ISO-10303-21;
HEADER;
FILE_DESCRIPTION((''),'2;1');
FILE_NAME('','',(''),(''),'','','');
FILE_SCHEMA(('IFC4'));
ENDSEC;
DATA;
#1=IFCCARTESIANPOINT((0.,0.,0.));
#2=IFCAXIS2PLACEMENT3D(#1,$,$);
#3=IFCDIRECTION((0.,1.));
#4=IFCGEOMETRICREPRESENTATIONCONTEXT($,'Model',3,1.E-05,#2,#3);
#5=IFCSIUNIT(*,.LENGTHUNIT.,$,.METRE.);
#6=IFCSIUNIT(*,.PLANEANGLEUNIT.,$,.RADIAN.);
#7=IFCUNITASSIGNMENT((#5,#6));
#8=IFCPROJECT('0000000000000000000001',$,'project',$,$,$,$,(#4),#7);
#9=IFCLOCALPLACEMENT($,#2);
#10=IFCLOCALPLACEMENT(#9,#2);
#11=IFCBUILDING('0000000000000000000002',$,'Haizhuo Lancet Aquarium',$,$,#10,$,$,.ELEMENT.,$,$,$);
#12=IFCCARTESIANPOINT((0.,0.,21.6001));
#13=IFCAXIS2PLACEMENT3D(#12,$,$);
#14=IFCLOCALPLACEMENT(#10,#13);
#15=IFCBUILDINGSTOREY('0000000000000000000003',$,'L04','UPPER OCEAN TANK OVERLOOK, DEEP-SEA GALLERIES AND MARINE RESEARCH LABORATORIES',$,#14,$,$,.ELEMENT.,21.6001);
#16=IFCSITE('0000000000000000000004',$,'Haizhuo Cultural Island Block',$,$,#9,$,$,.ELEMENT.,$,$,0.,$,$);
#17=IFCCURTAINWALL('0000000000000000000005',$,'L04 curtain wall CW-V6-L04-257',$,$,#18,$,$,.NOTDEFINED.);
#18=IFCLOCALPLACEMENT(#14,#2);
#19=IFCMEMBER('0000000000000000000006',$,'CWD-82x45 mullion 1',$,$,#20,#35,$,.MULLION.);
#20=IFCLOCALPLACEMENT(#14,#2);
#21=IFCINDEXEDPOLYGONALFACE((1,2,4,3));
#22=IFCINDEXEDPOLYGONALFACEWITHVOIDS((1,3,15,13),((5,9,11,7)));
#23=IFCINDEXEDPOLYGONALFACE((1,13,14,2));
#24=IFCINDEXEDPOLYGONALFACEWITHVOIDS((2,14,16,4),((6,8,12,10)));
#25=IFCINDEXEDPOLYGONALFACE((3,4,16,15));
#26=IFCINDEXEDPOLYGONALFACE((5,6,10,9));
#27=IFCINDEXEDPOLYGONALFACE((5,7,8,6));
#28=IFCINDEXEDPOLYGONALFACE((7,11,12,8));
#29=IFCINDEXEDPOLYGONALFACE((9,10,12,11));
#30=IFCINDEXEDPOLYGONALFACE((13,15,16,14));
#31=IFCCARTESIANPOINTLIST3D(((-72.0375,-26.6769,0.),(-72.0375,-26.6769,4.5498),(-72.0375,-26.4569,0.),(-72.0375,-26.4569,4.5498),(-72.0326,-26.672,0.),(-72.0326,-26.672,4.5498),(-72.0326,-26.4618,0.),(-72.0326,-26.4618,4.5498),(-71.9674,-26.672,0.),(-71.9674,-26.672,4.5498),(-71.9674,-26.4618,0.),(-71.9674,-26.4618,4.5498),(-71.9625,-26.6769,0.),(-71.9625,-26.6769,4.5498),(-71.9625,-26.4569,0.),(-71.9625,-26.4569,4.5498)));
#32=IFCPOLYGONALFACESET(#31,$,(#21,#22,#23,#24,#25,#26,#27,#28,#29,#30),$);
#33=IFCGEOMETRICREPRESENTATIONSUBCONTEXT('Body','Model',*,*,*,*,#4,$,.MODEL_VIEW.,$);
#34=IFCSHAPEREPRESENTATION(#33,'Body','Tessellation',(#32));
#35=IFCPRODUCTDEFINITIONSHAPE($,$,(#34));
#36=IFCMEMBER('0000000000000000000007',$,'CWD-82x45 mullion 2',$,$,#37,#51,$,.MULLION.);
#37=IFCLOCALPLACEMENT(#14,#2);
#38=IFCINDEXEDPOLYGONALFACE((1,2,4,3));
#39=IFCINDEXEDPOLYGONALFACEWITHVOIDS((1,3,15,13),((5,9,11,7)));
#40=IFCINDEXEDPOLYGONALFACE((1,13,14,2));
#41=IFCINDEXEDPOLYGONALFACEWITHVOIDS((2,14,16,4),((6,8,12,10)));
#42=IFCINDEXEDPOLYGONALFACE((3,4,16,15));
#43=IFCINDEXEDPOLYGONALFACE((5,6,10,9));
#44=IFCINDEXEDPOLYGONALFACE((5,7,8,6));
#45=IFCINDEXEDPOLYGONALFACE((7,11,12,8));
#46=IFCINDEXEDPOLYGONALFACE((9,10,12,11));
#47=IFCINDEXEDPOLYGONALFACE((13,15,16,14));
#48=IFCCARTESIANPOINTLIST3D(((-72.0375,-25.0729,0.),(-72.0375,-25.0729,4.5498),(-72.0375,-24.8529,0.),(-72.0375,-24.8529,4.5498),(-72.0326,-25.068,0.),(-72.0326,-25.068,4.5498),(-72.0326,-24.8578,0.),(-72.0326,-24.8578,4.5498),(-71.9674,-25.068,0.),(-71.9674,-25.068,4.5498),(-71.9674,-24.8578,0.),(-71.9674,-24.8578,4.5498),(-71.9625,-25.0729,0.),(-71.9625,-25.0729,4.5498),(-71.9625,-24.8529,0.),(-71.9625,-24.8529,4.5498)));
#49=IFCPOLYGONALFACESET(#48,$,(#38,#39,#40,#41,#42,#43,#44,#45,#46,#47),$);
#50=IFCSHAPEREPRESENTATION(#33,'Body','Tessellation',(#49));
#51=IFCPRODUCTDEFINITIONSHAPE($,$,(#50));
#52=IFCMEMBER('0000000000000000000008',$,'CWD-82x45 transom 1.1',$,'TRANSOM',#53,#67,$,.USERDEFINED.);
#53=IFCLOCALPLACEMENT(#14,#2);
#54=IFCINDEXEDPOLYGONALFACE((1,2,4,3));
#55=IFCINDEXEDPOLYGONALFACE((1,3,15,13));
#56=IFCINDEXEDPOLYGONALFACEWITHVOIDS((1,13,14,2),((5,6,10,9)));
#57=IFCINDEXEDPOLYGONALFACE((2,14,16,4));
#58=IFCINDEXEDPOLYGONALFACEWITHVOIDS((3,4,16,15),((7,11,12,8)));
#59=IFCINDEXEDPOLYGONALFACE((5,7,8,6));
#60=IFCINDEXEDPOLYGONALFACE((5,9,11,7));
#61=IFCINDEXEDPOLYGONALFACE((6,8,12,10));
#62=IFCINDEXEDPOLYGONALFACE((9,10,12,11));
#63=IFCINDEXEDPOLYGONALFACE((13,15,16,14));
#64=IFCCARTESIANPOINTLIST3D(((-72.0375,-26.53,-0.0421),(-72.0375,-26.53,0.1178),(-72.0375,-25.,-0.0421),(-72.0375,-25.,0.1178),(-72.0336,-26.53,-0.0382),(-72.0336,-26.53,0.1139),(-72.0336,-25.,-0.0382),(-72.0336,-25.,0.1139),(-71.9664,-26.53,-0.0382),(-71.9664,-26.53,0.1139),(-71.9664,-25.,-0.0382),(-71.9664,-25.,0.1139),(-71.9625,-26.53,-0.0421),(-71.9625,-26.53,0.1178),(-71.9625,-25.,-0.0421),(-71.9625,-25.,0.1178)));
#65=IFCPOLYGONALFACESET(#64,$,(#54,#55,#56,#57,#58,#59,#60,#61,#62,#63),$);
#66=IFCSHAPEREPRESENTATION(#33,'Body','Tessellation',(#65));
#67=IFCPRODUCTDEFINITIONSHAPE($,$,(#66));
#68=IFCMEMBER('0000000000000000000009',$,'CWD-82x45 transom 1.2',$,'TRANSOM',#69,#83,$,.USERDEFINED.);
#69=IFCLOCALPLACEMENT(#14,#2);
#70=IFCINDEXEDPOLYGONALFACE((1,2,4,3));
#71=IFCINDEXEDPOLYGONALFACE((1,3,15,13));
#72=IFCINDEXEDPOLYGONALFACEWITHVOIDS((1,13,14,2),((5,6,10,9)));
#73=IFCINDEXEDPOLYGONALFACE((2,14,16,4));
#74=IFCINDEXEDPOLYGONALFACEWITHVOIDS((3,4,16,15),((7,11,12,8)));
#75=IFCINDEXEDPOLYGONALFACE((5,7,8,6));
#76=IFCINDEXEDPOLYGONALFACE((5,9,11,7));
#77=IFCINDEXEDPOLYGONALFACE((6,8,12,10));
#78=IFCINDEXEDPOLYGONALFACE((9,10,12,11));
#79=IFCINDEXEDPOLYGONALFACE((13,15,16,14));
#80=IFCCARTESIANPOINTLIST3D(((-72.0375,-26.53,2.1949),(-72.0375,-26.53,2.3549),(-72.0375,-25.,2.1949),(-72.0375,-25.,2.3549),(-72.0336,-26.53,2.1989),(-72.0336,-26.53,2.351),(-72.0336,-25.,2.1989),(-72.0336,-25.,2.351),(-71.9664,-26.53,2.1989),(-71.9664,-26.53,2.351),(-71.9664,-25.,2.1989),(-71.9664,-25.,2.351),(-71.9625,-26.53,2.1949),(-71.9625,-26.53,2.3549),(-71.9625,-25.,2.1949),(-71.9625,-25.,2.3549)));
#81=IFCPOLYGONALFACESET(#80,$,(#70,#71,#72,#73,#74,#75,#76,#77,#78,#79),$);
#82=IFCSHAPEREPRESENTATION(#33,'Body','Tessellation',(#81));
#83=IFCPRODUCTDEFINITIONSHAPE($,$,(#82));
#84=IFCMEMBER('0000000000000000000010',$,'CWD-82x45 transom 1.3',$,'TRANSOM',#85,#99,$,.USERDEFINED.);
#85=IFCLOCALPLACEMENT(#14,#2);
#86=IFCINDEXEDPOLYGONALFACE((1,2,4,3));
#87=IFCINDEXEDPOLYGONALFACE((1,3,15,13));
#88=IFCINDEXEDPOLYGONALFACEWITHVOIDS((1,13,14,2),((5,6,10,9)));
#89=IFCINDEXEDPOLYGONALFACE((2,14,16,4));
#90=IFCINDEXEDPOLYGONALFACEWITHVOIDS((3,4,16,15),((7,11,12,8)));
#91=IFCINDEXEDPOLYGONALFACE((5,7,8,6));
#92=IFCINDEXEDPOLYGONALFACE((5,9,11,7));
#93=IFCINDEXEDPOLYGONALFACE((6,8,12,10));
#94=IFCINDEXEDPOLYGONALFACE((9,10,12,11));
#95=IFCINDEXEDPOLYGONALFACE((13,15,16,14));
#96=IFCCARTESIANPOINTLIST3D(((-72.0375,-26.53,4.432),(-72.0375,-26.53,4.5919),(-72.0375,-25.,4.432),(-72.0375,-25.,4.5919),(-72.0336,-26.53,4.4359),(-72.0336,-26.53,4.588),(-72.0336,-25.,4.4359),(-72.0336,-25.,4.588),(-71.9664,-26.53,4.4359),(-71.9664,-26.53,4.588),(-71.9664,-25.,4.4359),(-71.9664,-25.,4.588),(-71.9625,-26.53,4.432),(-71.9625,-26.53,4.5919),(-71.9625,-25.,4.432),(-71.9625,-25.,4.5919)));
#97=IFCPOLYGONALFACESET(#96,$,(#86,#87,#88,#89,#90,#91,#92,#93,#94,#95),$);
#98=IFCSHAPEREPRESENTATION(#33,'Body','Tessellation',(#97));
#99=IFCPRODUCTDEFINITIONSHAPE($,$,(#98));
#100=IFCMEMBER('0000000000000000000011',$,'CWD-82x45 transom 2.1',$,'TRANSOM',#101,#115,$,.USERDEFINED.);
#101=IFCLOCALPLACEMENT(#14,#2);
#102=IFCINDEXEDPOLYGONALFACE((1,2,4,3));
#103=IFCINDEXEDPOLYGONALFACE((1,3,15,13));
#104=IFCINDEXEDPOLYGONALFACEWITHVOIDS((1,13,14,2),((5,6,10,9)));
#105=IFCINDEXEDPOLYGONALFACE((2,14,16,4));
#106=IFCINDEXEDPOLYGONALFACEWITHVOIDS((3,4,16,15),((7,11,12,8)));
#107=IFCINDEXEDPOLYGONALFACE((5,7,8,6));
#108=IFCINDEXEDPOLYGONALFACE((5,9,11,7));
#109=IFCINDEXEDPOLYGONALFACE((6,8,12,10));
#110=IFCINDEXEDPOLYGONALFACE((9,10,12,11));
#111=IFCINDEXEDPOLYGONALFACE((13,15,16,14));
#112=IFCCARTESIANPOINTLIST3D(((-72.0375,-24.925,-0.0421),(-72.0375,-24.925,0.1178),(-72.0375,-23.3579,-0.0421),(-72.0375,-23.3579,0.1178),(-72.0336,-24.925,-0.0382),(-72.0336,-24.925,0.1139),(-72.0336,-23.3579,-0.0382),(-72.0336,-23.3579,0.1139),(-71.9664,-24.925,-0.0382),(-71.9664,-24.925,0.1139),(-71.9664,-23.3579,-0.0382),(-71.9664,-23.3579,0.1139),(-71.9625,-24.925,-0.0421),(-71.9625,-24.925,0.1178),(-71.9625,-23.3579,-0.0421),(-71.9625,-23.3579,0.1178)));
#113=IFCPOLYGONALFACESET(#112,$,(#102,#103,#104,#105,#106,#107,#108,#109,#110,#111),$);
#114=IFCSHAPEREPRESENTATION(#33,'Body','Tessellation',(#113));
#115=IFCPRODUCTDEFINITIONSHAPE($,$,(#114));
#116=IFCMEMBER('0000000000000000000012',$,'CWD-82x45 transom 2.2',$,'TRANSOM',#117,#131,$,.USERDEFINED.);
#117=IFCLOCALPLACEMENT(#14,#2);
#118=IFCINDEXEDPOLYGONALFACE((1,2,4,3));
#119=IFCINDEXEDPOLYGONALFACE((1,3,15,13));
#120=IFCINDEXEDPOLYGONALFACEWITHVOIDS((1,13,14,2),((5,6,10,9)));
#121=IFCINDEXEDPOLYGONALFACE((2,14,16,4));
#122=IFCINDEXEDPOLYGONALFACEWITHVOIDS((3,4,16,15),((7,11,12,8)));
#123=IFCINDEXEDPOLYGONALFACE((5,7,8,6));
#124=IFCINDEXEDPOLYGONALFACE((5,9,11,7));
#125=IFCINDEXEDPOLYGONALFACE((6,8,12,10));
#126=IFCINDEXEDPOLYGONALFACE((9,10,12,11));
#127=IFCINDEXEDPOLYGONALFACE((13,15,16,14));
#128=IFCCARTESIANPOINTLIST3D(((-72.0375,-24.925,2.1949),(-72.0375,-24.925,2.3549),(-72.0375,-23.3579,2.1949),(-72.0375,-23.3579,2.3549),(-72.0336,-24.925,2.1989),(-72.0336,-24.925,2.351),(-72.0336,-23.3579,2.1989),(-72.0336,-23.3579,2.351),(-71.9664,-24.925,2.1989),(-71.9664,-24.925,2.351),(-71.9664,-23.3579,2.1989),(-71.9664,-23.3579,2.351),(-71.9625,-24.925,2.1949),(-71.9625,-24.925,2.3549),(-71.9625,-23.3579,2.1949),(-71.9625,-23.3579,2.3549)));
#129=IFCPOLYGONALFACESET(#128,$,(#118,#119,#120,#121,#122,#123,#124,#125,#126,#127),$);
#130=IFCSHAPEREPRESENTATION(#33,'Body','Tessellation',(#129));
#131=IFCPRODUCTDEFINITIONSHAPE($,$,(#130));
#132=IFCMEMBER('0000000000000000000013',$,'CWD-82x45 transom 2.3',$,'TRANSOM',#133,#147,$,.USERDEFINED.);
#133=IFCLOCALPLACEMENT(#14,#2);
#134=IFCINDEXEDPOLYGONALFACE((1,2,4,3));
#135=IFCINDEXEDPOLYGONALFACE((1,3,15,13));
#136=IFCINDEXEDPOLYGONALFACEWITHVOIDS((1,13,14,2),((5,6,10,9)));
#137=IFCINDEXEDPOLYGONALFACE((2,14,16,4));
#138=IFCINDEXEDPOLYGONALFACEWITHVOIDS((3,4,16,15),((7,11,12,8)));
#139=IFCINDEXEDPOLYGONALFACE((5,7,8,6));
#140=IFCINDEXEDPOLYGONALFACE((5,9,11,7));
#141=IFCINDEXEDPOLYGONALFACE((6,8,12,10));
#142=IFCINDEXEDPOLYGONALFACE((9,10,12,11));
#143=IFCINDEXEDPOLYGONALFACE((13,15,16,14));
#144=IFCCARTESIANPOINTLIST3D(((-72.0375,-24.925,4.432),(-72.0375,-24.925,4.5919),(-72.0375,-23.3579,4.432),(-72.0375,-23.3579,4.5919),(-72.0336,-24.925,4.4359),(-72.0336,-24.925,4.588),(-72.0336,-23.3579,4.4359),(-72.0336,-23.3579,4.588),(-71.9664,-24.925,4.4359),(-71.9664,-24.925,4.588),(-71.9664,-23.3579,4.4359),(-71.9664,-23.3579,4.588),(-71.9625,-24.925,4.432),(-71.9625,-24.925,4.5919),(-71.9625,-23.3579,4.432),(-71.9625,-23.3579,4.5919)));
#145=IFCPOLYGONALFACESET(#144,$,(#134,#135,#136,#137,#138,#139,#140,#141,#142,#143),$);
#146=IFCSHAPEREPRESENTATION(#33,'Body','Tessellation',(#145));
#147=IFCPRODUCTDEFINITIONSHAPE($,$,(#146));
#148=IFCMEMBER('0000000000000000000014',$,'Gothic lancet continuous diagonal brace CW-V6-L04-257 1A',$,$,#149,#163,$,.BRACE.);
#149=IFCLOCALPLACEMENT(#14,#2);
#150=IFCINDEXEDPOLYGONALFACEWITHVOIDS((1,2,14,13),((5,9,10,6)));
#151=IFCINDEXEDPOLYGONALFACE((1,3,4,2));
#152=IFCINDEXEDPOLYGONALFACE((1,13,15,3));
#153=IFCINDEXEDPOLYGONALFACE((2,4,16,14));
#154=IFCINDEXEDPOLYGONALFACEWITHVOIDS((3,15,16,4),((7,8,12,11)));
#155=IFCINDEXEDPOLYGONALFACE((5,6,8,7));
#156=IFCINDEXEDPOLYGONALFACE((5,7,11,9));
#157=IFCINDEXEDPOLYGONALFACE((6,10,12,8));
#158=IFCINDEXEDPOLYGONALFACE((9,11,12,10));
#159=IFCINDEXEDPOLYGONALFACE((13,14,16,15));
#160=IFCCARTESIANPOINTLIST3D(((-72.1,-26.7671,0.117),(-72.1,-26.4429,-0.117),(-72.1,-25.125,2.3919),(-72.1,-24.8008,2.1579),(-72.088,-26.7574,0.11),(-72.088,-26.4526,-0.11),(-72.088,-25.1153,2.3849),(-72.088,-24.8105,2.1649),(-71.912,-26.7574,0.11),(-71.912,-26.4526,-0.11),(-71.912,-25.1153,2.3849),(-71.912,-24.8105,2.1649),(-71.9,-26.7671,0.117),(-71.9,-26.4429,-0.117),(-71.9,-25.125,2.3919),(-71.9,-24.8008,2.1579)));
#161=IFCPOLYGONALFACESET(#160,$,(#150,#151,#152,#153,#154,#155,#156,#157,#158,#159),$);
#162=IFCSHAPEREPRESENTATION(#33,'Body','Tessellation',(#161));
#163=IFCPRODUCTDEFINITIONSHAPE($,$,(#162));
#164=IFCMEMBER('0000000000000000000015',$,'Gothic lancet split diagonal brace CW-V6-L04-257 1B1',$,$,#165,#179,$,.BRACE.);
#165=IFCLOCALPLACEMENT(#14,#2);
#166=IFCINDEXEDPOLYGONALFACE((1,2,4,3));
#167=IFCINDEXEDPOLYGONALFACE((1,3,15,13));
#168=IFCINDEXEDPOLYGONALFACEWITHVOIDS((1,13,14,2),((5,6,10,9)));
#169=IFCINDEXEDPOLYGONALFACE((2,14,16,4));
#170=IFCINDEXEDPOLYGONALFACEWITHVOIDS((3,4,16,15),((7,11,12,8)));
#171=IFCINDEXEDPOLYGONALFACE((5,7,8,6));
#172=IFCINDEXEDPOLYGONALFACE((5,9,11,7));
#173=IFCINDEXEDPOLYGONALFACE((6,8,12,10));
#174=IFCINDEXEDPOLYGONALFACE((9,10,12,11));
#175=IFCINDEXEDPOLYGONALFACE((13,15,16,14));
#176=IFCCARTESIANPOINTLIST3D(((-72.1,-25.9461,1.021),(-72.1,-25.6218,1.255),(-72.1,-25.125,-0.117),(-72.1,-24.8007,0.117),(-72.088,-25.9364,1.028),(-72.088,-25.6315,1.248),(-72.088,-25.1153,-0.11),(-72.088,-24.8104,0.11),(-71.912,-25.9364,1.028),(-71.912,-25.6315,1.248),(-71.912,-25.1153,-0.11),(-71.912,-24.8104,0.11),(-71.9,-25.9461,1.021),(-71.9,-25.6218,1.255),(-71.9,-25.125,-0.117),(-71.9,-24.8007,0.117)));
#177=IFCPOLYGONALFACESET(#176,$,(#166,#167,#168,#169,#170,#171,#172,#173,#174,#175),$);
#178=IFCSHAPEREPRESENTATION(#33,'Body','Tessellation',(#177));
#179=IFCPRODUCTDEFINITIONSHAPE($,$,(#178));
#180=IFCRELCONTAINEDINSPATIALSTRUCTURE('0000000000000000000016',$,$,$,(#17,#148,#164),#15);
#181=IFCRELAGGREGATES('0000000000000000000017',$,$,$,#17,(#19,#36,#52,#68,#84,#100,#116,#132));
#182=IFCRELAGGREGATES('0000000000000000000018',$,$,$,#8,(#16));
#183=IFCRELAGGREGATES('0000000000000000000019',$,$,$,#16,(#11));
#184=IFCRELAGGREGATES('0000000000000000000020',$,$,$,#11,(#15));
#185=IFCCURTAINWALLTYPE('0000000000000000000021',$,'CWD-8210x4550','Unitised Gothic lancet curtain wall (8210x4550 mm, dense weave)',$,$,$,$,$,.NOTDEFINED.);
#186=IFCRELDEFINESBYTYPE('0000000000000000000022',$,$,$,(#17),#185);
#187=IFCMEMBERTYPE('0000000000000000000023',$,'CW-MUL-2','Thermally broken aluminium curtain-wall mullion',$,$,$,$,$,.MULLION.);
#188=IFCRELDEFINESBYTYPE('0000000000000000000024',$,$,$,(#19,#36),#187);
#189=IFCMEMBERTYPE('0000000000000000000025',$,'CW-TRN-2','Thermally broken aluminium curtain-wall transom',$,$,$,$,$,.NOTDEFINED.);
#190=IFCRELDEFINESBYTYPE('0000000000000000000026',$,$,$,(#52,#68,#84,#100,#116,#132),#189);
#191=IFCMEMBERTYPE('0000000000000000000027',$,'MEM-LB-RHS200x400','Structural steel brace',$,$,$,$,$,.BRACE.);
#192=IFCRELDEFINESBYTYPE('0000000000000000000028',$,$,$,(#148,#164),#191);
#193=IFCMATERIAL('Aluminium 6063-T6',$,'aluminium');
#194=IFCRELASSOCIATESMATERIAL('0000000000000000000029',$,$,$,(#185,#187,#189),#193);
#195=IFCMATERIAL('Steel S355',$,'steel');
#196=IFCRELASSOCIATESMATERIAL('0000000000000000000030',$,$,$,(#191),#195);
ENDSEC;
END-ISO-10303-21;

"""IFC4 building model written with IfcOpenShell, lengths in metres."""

from ifc_helpers import new_model, si_unit, direction, frame, origin, origin_2d, place, context, subcontext, project, spatial, hollow_rectangle, extrude, material, material_profile, profile_set, type_object, element, aggregate, save


model = new_model("IFC4")

# Units and contexts
model_context = context("Model", 3, precision=1e-05, world=origin(), true_north=direction((0.0, 1.0)))
body_context = subcontext(model_context, "Body", "Model", "MODEL_VIEW")
ifc_project = project(units=[si_unit("LENGTHUNIT", "METRE"), si_unit("PLANEANGLEUNIT", "RADIAN")], contexts=[model_context])

# Site, building, storey
site_placement = place(None, origin())
site = spatial("IfcSite", under=ifc_project, at=site_placement, Name="Haizhuo Cultural Island Block", CompositionType="ELEMENT", RefElevation=0.0)
building_placement = place(site_placement, origin())
building = spatial("IfcBuilding", under=site, at=building_placement, Name="Haizhuo Lancet Aquarium", CompositionType="ELEMENT")
storey_placement = place(building_placement, frame((0.0, 0.0, 21.6001)))
storey = spatial("IfcBuildingStorey", under=building, at=storey_placement, Name="L04", Description="UPPER OCEAN TANK OVERLOOK, DEEP-SEA GALLERIES AND MARINE RESEARCH LABORATORIES", CompositionType="ELEMENT", Elevation=21.6001)

# Curtain wall, members
ifc_material_1 = material(Name="Aluminium 6063-T6", Category="aluminium")
curtain_wall_type = type_object("IfcCurtainWallType", Name="CWD-8210x4550", Description="Unitised Gothic lancet curtain wall (8210x4550 mm, dense weave)", PredefinedType="NOTDEFINED", material=ifc_material_1)
curtain_wall_placement = place(storey_placement, origin())
curtain_wall = element("IfcCurtainWall", 1, at=curtain_wall_placement, inside=storey, type_object=curtain_wall_type, Name="L04 curtain wall CW-V6-L04-257", PredefinedType="NOTDEFINED")
ifc_material_profile_1 = material_profile(ifc_material_1, hollow_rectangle(XDim=0.075, YDim=0.22, WallThickness=0.0049, at=origin_2d()), Name="ALU-M 75x220x5")
ifc_profile_set_1 = profile_set([ifc_material_profile_1], Name="Aluminium 6063-T6")
member_type_1 = type_object("IfcMemberType", Name="CW-MUL-2", Description="Thermally broken aluminium curtain-wall mullion", PredefinedType="MULLION", material=ifc_profile_set_1)
member_1_placement = place(storey_placement, frame((-72.0, -26.5669, 0.0), z_axis=(0.0, 0.0, 1.0), x_axis=(-1.0, 0.0, 0.0)))
member_1 = element("IfcMember", 2, at=member_1_placement, type_object=member_type_1, Name="CWD-82x45 mullion 1", PredefinedType="MULLION", context=body_context, shape_type="SweptSolid", body=[
    extrude(hollow_rectangle(XDim=0.075, YDim=0.22, WallThickness=0.0049, at=origin_2d()), origin(), (0.0, 0.0, 1.0), 4.5498),
])
member_2_placement = place(storey_placement, frame((-72.0, -24.9629, 0.0), z_axis=(0.0, 0.0, 1.0), x_axis=(-1.0, 0.0, 0.0)))
member_2 = element("IfcMember", 3, at=member_2_placement, type_object=member_type_1, Name="CWD-82x45 mullion 2", PredefinedType="MULLION", context=body_context, shape_type="SweptSolid", body=[
    extrude(hollow_rectangle(XDim=0.075, YDim=0.22, WallThickness=0.0049, at=origin_2d()), origin(), (0.0, 0.0, 1.0), 4.5498),
])
ifc_material_profile_2 = material_profile(ifc_material_1, hollow_rectangle(XDim=0.075, YDim=0.1599, WallThickness=0.0039, at=origin_2d()), Name="ALU-T 75x160x4")
ifc_profile_set_2 = profile_set([ifc_material_profile_2], Name="Aluminium 6063-T6")
member_type_2 = type_object("IfcMemberType", Name="CW-TRN-2", Description="Thermally broken aluminium curtain-wall transom", PredefinedType="NOTDEFINED", material=ifc_profile_set_2)
member_3_placement = place(storey_placement, frame((-72.0, -26.53, 0.0378), z_axis=(0.0, 1.0, 0.0), x_axis=(-1.0, 0.0, 0.0)))
member_3 = element("IfcMember", 4, at=member_3_placement, type_object=member_type_2, Name="CWD-82x45 transom 1.1", ObjectType="TRANSOM", PredefinedType="USERDEFINED", context=body_context, shape_type="SweptSolid", body=[
    extrude(hollow_rectangle(XDim=0.075, YDim=0.1599, WallThickness=0.0039, at=origin_2d()), origin(), (0.0, 0.0, 1.0), 1.53),
])
member_4_placement = place(storey_placement, frame((-72.0, -26.53, 2.2749), z_axis=(0.0, 1.0, 0.0), x_axis=(-1.0, 0.0, 0.0)))
member_4 = element("IfcMember", 5, at=member_4_placement, type_object=member_type_2, Name="CWD-82x45 transom 1.2", ObjectType="TRANSOM", PredefinedType="USERDEFINED", context=body_context, shape_type="SweptSolid", body=[
    extrude(hollow_rectangle(XDim=0.075, YDim=0.1599, WallThickness=0.0039, at=origin_2d()), origin(), (0.0, 0.0, 1.0), 1.53),
])
member_5_placement = place(storey_placement, frame((-72.0, -26.53, 4.512), z_axis=(0.0, 1.0, 0.0), x_axis=(-1.0, 0.0, 0.0)))
member_5 = element("IfcMember", 6, at=member_5_placement, type_object=member_type_2, Name="CWD-82x45 transom 1.3", ObjectType="TRANSOM", PredefinedType="USERDEFINED", context=body_context, shape_type="SweptSolid", body=[
    extrude(hollow_rectangle(XDim=0.075, YDim=0.1599, WallThickness=0.0039, at=origin_2d()), origin(), (0.0, 0.0, 1.0), 1.53),
])
member_6_placement = place(storey_placement, frame((-72.0, -24.925, 0.0378), z_axis=(0.0, 1.0, 0.0), x_axis=(-1.0, 0.0, 0.0)))
member_6 = element("IfcMember", 7, at=member_6_placement, type_object=member_type_2, Name="CWD-82x45 transom 2.1", ObjectType="TRANSOM", PredefinedType="USERDEFINED", context=body_context, shape_type="SweptSolid", body=[
    extrude(hollow_rectangle(XDim=0.075, YDim=0.1599, WallThickness=0.0039, at=origin_2d()), origin(), (0.0, 0.0, 1.0), 1.5671),
])
member_7_placement = place(storey_placement, frame((-72.0, -24.925, 2.2749), z_axis=(0.0, 1.0, 0.0), x_axis=(-1.0, 0.0, 0.0)))
member_7 = element("IfcMember", 8, at=member_7_placement, type_object=member_type_2, Name="CWD-82x45 transom 2.2", ObjectType="TRANSOM", PredefinedType="USERDEFINED", context=body_context, shape_type="SweptSolid", body=[
    extrude(hollow_rectangle(XDim=0.075, YDim=0.1599, WallThickness=0.0039, at=origin_2d()), origin(), (0.0, 0.0, 1.0), 1.5671),
])
member_8_placement = place(storey_placement, frame((-72.0, -24.925, 4.512), z_axis=(0.0, 1.0, 0.0), x_axis=(-1.0, 0.0, 0.0)))
member_8 = element("IfcMember", 9, at=member_8_placement, type_object=member_type_2, Name="CWD-82x45 transom 2.3", ObjectType="TRANSOM", PredefinedType="USERDEFINED", context=body_context, shape_type="SweptSolid", body=[
    extrude(hollow_rectangle(XDim=0.075, YDim=0.1599, WallThickness=0.0039, at=origin_2d()), origin(), (0.0, 0.0, 1.0), 1.5671),
])

# Members
ifc_material_2 = material(Name="Steel S355", Category="steel")
ifc_material_profile_3 = material_profile(ifc_material_2, hollow_rectangle(XDim=0.2, YDim=0.3999, WallThickness=0.012, at=origin_2d()), Name="RHS 200x400x12")
ifc_profile_set_3 = profile_set([ifc_material_profile_3], Name="Steel S355")
member_type_3 = type_object("IfcMemberType", Name="MEM-LB-RHS200x400", Description="Structural steel brace", PredefinedType="BRACE", material=ifc_profile_set_3)
member_9_placement = place(storey_placement, frame((-72.0, -26.605, 0.0), z_axis=(0.0, 0.585281, 0.810831), x_axis=(-1.0, 0.0, 0.0)))
element("IfcMember", 10, at=member_9_placement, inside=storey, type_object=member_type_3, Name="Gothic lancet continuous diagonal brace CW-V6-L04-257 1A", PredefinedType="BRACE", context=body_context, shape_type="SweptSolid", body=[
    extrude(hollow_rectangle(XDim=0.2, YDim=0.3999, WallThickness=0.012, at=origin_2d()), origin(), (0.0, 0.0, 1.0), 2.8057),
])
member_10_placement = place(storey_placement, frame((-72.0, -24.9629, 0.0), z_axis=(0.0, -0.585116, 0.81095), x_axis=(1.0, 0.0, 0.0)))
element("IfcMember", 11, at=member_10_placement, inside=storey, type_object=member_type_3, Name="Gothic lancet split diagonal brace CW-V6-L04-257 1B1", PredefinedType="BRACE", context=body_context, shape_type="SweptSolid", body=[
    extrude(hollow_rectangle(XDim=0.2, YDim=0.3999, WallThickness=0.012, at=origin_2d()), origin(), (0.0, 0.0, 1.0), 1.4033),
])

aggregate(curtain_wall, [member_1, member_2, member_3, member_4, member_5, member_6, member_7, member_8])

save(model, "model.ifc")
